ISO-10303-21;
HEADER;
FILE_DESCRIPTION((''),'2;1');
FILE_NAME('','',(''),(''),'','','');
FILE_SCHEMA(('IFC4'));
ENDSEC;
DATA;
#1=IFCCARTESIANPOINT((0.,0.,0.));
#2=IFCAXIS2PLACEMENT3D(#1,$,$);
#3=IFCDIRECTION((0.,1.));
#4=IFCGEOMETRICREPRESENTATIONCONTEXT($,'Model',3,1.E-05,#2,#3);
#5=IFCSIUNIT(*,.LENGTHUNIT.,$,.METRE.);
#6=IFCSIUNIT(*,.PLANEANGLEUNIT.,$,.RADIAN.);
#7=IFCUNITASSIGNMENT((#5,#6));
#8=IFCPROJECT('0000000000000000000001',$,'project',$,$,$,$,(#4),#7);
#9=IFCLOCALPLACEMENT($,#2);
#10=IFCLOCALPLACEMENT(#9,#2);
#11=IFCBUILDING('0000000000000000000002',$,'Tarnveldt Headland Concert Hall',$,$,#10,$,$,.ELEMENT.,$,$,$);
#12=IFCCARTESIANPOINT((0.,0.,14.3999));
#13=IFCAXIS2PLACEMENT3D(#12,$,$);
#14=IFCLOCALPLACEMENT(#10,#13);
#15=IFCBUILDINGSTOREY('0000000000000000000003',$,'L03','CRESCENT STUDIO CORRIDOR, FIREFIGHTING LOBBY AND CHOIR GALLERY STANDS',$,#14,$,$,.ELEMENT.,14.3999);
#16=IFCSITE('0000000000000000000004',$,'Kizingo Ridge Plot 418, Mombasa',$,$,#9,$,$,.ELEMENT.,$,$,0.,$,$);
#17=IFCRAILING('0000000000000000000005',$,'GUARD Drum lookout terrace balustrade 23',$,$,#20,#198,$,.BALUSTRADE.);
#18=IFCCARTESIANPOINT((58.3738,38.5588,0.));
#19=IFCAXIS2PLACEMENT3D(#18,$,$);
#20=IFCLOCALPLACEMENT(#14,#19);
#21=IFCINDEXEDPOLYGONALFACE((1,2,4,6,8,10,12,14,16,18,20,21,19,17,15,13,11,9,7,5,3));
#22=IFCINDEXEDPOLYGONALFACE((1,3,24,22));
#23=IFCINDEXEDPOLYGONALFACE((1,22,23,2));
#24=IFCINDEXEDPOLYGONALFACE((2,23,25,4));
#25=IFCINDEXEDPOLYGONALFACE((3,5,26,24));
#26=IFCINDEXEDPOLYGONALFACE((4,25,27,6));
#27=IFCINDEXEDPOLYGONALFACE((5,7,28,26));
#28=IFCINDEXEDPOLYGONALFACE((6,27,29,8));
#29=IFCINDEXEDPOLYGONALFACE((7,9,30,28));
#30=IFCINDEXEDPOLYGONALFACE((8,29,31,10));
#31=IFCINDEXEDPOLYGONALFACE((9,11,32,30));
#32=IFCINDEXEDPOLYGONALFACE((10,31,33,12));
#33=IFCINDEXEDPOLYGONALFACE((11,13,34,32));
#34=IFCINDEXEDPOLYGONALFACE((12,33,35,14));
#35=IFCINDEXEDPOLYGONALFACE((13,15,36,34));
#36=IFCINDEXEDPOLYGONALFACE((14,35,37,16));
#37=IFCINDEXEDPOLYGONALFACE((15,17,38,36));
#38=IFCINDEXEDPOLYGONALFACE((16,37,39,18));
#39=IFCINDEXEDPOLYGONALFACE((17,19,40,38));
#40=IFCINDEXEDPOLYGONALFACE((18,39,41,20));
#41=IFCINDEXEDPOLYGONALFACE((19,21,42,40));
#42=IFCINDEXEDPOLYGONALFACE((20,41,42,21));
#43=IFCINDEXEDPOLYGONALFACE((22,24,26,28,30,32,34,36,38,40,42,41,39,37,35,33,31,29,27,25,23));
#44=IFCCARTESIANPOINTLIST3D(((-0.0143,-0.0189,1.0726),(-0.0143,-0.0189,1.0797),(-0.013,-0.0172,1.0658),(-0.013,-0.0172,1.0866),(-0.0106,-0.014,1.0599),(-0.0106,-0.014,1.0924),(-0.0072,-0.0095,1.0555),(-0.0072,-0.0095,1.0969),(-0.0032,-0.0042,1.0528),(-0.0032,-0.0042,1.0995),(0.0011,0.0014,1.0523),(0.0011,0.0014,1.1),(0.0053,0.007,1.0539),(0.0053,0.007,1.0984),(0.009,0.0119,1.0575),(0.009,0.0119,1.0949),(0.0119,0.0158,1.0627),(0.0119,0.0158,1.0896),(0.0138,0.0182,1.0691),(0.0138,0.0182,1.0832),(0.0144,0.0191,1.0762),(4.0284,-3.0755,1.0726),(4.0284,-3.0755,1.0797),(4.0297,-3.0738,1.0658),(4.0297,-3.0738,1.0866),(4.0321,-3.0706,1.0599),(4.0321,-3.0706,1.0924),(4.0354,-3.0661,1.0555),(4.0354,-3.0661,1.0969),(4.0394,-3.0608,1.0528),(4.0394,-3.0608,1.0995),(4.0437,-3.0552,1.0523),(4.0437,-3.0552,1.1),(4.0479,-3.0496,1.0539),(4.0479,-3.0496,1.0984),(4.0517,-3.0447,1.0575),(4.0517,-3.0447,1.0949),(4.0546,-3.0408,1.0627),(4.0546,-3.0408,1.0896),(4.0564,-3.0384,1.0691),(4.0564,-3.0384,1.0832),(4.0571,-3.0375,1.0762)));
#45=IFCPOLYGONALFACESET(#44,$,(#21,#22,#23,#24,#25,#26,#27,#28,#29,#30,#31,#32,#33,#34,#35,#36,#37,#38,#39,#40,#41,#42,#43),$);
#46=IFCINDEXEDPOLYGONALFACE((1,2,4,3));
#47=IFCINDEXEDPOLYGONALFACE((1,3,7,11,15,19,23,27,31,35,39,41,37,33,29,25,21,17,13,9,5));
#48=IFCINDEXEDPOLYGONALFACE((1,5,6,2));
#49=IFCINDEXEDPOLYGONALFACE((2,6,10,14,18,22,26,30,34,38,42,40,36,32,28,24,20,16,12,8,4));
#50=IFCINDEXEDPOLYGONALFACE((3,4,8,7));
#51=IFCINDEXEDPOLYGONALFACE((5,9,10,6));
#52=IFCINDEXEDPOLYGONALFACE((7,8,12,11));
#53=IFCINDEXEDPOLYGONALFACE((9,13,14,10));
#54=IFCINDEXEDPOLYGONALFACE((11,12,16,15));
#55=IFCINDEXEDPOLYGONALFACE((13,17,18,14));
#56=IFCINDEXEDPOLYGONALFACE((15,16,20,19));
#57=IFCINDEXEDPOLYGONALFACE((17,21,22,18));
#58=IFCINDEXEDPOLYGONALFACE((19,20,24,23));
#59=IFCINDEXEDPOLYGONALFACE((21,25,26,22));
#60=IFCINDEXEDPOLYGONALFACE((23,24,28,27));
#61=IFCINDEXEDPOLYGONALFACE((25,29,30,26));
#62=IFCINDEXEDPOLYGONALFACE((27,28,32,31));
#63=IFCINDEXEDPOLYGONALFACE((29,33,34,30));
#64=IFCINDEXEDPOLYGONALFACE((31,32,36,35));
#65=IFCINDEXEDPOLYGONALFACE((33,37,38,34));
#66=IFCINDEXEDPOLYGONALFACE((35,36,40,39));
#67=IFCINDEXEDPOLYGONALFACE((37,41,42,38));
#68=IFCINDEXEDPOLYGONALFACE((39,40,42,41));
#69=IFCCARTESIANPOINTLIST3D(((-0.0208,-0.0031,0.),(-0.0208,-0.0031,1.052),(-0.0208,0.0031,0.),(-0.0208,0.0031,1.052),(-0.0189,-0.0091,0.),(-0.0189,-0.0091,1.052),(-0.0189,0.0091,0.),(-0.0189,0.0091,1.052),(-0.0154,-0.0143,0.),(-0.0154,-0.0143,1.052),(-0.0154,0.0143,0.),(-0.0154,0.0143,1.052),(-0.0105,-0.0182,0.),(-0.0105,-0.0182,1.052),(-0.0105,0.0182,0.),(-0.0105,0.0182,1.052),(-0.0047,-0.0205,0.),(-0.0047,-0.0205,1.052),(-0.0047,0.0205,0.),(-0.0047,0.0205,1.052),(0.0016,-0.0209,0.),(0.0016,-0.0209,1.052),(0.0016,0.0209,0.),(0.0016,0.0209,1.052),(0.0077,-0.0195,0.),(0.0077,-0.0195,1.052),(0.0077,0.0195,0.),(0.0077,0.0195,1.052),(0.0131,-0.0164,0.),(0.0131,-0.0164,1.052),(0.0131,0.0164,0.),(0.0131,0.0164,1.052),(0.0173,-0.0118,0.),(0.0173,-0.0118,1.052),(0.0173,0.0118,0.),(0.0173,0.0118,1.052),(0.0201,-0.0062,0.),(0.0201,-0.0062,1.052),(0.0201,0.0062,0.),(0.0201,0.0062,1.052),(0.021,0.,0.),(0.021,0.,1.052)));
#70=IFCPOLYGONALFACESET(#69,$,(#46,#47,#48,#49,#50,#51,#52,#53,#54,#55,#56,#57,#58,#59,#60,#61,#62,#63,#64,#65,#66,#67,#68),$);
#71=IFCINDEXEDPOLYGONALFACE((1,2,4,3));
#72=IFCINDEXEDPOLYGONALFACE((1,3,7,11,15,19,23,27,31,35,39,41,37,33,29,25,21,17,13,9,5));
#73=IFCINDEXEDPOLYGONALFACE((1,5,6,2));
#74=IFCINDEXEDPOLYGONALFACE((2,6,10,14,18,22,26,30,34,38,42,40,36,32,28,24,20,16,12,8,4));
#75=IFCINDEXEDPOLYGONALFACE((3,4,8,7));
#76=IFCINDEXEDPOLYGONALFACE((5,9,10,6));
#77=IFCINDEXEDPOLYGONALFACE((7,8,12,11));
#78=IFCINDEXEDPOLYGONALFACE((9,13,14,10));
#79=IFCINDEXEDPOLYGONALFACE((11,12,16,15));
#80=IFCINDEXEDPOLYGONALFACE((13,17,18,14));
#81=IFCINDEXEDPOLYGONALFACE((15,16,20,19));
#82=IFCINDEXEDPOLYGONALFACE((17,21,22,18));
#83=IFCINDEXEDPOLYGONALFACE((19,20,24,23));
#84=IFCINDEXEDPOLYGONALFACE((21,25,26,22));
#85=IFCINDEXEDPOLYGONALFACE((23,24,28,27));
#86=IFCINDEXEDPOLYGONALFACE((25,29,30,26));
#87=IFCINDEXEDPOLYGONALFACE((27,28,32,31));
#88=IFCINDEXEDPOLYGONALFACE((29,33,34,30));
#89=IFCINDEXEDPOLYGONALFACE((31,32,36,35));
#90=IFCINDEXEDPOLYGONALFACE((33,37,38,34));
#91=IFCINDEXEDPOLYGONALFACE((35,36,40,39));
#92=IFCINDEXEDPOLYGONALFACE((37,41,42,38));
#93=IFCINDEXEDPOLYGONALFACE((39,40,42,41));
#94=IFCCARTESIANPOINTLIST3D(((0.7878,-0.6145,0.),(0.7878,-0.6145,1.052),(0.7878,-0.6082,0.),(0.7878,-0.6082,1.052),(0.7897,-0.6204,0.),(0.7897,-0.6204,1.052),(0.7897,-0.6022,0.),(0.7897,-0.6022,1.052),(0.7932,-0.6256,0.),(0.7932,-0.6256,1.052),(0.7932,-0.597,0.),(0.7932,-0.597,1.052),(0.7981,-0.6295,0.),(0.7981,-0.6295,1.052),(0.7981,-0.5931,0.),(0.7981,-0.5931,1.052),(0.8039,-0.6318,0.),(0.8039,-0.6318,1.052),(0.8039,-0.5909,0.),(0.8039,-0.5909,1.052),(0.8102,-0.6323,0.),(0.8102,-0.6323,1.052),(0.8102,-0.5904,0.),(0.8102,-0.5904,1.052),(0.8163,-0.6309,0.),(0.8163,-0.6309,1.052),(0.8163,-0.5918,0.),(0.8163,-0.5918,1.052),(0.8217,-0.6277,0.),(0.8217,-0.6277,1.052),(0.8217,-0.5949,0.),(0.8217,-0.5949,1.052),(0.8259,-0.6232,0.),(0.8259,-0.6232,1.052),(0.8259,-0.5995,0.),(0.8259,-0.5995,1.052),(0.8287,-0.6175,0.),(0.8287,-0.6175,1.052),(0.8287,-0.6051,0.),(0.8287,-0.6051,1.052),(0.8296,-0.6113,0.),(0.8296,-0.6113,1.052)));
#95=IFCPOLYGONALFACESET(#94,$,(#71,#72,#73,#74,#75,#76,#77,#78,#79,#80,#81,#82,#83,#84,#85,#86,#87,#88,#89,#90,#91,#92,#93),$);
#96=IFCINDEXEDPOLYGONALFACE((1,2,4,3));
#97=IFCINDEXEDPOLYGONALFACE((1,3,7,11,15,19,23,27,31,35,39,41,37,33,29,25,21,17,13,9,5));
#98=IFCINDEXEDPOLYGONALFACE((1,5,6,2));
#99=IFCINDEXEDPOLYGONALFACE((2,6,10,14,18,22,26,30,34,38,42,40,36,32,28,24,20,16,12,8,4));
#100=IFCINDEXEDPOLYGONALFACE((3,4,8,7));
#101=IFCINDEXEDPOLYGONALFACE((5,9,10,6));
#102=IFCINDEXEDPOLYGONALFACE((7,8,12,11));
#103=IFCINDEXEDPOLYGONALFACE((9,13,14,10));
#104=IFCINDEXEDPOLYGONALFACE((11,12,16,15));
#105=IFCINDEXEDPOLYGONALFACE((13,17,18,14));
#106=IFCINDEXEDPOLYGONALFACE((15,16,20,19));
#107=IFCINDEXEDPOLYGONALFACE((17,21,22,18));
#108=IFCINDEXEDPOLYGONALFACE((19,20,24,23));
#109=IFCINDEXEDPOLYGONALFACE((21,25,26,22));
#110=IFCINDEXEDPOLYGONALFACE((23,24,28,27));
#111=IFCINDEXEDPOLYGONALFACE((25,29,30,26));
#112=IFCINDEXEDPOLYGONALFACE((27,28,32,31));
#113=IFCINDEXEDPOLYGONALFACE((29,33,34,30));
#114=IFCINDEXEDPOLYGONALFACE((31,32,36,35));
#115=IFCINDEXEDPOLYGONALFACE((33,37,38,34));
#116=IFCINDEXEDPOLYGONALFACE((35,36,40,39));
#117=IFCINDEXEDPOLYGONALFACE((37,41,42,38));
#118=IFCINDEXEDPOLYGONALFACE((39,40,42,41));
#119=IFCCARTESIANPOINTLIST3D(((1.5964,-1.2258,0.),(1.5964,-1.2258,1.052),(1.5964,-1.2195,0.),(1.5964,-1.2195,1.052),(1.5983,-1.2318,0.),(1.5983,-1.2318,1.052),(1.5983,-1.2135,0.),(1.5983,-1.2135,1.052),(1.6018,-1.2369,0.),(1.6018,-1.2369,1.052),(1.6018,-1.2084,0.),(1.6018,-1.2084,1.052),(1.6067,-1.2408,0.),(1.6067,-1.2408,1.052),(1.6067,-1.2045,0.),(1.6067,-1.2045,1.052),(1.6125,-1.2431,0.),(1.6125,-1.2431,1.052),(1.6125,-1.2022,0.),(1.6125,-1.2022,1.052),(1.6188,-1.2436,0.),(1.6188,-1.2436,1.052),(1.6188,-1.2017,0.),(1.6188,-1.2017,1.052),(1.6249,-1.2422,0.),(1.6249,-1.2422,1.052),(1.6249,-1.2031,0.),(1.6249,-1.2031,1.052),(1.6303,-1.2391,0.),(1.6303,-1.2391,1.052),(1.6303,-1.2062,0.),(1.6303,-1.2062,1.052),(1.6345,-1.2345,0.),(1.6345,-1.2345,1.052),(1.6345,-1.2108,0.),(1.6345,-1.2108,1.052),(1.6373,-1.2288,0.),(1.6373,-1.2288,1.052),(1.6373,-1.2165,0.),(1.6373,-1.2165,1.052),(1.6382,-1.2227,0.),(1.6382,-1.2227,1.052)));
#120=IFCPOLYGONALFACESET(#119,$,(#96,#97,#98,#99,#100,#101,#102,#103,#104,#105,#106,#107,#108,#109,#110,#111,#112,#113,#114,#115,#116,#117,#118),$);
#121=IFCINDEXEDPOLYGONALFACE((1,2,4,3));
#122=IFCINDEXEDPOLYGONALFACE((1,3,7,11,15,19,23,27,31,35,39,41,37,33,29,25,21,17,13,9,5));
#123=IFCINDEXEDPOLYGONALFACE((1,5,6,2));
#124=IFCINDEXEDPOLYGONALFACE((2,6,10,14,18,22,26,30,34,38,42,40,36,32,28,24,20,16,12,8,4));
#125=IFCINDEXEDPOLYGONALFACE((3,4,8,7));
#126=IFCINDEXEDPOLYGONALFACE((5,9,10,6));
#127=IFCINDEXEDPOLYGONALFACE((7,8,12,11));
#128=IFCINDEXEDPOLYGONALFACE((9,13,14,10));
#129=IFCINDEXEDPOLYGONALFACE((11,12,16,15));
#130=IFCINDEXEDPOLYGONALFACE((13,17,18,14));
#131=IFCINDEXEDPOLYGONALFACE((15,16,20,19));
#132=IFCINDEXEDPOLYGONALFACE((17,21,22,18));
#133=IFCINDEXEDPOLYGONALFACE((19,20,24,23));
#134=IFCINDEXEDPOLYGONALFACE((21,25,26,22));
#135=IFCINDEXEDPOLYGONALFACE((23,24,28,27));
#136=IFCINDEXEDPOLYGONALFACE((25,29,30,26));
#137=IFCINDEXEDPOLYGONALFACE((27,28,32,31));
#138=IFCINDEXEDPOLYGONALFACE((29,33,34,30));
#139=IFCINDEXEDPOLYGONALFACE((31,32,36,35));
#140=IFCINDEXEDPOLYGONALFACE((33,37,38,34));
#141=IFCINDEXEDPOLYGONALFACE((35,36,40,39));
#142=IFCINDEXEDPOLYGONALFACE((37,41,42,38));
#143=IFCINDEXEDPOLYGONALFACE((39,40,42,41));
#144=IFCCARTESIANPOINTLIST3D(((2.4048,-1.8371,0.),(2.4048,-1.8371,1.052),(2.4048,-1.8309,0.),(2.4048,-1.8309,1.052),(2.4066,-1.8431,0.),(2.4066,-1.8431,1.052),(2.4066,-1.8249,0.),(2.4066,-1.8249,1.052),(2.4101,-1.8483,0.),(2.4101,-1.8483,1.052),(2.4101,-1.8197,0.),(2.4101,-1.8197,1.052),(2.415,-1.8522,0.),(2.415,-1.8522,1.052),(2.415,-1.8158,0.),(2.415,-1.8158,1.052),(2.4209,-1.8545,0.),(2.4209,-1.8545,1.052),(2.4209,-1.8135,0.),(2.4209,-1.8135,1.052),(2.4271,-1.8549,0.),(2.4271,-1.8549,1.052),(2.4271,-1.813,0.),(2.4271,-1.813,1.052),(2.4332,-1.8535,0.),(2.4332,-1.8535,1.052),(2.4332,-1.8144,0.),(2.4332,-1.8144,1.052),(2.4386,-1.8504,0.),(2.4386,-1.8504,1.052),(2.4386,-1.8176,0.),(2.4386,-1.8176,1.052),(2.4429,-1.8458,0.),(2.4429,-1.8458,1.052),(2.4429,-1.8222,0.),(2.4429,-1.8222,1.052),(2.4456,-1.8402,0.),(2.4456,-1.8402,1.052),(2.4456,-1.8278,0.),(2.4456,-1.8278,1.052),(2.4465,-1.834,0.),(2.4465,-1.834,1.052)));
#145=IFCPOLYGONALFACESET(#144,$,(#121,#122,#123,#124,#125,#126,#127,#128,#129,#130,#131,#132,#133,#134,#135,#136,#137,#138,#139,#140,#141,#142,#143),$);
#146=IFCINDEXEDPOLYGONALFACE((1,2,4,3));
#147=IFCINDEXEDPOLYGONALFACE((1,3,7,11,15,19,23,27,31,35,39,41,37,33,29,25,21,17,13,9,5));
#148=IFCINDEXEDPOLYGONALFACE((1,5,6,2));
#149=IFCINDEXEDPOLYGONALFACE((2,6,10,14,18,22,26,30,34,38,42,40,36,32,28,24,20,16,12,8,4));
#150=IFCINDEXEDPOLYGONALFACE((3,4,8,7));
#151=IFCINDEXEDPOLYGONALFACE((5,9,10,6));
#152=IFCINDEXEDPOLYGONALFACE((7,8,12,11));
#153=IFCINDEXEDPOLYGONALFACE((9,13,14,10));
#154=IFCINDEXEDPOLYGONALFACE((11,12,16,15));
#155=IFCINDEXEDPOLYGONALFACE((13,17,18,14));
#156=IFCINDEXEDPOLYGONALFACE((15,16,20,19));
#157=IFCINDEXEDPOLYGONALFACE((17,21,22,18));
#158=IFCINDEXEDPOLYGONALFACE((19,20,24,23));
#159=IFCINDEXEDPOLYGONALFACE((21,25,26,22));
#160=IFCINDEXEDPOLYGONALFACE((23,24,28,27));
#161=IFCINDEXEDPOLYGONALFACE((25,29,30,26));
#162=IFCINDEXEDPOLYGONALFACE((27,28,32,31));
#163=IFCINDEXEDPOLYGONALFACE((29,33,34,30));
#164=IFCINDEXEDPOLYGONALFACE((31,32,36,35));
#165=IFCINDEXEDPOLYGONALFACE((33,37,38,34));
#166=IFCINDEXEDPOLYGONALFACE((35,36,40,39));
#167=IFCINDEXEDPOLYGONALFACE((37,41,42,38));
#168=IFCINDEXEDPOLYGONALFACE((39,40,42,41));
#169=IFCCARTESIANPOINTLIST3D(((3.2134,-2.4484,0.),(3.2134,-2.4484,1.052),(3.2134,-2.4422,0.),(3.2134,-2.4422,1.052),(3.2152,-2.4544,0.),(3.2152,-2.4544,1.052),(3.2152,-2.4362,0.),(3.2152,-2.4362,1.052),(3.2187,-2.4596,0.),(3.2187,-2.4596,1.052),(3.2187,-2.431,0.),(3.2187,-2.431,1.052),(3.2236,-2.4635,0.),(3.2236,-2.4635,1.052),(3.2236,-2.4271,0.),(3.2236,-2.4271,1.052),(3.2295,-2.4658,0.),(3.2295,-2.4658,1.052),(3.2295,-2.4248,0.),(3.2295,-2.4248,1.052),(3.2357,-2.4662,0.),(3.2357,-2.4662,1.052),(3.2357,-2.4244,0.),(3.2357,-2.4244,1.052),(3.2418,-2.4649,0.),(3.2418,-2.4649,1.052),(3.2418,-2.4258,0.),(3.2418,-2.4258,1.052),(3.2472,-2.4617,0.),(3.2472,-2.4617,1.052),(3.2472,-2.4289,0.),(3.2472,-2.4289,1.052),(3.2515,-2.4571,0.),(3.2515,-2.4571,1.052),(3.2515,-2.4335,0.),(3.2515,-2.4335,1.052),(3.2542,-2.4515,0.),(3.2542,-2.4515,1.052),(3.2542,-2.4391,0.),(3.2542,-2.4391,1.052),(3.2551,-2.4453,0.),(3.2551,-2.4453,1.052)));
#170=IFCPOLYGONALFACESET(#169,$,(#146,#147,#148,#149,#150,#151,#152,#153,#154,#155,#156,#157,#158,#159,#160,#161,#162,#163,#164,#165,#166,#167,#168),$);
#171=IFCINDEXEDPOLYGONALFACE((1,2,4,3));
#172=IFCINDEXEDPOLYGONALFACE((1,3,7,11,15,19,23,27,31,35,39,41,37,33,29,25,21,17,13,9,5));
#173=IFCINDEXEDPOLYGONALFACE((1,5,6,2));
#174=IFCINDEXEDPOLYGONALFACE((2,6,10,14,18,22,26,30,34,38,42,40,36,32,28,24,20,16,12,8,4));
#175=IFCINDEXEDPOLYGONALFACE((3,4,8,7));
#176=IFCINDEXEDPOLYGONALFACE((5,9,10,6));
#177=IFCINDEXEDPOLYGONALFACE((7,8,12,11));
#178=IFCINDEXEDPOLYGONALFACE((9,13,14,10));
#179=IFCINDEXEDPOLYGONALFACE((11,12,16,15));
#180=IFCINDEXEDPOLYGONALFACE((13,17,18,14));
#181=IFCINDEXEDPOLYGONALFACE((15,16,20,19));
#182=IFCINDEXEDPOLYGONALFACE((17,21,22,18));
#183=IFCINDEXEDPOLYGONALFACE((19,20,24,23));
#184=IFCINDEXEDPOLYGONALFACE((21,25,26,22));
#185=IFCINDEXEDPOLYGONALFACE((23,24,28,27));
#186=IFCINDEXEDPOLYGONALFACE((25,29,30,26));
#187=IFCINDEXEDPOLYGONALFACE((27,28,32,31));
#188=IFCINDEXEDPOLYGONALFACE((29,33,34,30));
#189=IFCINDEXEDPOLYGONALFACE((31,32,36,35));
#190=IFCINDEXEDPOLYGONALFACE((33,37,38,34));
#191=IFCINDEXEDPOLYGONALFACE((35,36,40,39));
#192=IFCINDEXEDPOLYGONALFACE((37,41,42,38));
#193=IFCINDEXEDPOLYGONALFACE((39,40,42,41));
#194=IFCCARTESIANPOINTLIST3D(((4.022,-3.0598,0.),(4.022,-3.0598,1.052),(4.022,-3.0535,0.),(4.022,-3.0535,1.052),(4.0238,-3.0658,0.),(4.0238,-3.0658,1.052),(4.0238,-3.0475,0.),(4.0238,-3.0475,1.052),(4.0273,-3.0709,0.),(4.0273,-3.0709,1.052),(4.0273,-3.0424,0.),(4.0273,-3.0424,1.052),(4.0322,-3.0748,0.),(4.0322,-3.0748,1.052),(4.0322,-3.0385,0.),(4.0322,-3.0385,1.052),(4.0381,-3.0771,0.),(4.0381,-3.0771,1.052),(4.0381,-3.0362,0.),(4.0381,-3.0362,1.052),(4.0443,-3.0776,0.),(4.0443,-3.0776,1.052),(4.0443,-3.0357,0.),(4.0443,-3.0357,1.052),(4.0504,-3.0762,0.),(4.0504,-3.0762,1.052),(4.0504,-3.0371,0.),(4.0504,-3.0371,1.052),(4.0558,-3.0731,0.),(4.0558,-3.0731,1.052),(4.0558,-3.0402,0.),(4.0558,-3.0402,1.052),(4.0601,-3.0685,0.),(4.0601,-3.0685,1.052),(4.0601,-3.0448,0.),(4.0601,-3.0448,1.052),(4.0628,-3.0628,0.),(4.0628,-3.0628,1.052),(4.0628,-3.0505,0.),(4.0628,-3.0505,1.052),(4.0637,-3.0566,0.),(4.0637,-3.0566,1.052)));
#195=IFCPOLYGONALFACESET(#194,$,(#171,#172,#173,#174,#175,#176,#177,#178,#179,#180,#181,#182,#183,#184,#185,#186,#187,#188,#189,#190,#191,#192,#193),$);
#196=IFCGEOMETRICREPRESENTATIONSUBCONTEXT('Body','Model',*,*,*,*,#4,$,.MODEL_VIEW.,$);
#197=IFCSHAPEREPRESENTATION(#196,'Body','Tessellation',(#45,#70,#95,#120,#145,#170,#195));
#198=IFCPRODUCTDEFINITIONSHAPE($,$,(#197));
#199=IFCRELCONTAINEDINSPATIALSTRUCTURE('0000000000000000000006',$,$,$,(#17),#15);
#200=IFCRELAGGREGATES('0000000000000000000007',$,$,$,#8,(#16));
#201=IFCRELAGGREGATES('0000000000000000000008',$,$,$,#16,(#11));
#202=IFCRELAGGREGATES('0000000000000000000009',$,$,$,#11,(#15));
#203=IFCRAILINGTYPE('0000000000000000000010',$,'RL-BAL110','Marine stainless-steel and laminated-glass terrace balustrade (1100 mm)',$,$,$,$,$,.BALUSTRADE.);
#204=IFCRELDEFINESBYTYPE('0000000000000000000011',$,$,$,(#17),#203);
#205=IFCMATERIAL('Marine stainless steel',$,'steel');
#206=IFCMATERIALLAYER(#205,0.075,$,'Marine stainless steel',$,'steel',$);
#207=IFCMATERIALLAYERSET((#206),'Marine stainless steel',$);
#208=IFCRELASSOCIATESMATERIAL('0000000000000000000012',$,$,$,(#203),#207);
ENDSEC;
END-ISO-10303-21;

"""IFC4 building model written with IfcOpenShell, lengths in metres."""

from ifc_helpers import new_model, si_unit, direction, frame, origin, origin_2d, place, context, subcontext, project, spatial, circle, extrude, material, layer, layer_set, type_object, element, save


model = new_model("IFC4")

# Units and contexts
model_context = context("Model", 3, precision=1e-05, world=origin(), true_north=direction((0.0, 1.0)))
body_context = subcontext(model_context, "Body", "Model", "MODEL_VIEW")
ifc_project = project(units=[si_unit("LENGTHUNIT", "METRE"), si_unit("PLANEANGLEUNIT", "RADIAN")], contexts=[model_context])

# Site, building, storey
site_placement = place(None, origin())
site = spatial("IfcSite", under=ifc_project, at=site_placement, Name="Kizingo Ridge Plot 418, Mombasa", CompositionType="ELEMENT", RefElevation=0.0)
building_placement = place(site_placement, origin())
building = spatial("IfcBuilding", under=site, at=building_placement, Name="Tarnveldt Headland Concert Hall", CompositionType="ELEMENT")
storey_placement = place(building_placement, frame((0.0, 0.0, 14.3999)))
storey = spatial("IfcBuildingStorey", under=building, at=storey_placement, Name="L03", Description="CRESCENT STUDIO CORRIDOR, FIREFIGHTING LOBBY AND CHOIR GALLERY STANDS", CompositionType="ELEMENT", Elevation=14.3999)

# Railing
ifc_material_1 = material(Name="Marine stainless steel", Category="steel")
ifc_layer_1 = layer(ifc_material_1, 0.075, Name="Marine stainless steel", Category="steel")
ifc_layer_set_1 = layer_set([ifc_layer_1], Name="Marine stainless steel")
railing_type = type_object("IfcRailingType", Name="RL-BAL110", Description="Marine stainless-steel and laminated-glass terrace balustrade (1100 mm)", PredefinedType="BALUSTRADE", material=ifc_layer_set_1)
railing_1_placement = place(storey_placement, frame((58.3738, 38.5588, 0.0)))
element("IfcRailing", 1, at=railing_1_placement, inside=storey, type_object=railing_type, Name="GUARD Drum lookout terrace balustrade 23", PredefinedType="BALUSTRADE", context=body_context, shape_type="SweptSolid", body=[
    extrude(circle(Radius=0.0239, at=origin_2d()), frame((0.0, 0.0, 1.0762), z_axis=(0.797664, -0.603102, 0.0), x_axis=(0.603102, 0.797664, 0.0)), (0.0, 0.0, 1.0), 5.0681),
    extrude(circle(Radius=0.021, at=origin_2d()), origin(), (0.0, 0.0, 1.0), 1.052),
    extrude(circle(Radius=0.021, at=origin_2d()), frame((0.8086, -0.6113, 0.0)), (0.0, 0.0, 1.0), 1.052),
    extrude(circle(Radius=0.021, at=origin_2d()), frame((1.6172, -1.2227, 0.0)), (0.0, 0.0, 1.0), 1.052),
    extrude(circle(Radius=0.021, at=origin_2d()), frame((2.4255, -1.834, 0.0)), (0.0, 0.0, 1.0), 1.052),
    extrude(circle(Radius=0.021, at=origin_2d()), frame((3.2341, -2.4453, 0.0)), (0.0, 0.0, 1.0), 1.052),
    extrude(circle(Radius=0.021, at=origin_2d()), frame((4.0427, -3.0566, 0.0)), (0.0, 0.0, 1.0), 1.052),
])

save(model, "model.ifc")
